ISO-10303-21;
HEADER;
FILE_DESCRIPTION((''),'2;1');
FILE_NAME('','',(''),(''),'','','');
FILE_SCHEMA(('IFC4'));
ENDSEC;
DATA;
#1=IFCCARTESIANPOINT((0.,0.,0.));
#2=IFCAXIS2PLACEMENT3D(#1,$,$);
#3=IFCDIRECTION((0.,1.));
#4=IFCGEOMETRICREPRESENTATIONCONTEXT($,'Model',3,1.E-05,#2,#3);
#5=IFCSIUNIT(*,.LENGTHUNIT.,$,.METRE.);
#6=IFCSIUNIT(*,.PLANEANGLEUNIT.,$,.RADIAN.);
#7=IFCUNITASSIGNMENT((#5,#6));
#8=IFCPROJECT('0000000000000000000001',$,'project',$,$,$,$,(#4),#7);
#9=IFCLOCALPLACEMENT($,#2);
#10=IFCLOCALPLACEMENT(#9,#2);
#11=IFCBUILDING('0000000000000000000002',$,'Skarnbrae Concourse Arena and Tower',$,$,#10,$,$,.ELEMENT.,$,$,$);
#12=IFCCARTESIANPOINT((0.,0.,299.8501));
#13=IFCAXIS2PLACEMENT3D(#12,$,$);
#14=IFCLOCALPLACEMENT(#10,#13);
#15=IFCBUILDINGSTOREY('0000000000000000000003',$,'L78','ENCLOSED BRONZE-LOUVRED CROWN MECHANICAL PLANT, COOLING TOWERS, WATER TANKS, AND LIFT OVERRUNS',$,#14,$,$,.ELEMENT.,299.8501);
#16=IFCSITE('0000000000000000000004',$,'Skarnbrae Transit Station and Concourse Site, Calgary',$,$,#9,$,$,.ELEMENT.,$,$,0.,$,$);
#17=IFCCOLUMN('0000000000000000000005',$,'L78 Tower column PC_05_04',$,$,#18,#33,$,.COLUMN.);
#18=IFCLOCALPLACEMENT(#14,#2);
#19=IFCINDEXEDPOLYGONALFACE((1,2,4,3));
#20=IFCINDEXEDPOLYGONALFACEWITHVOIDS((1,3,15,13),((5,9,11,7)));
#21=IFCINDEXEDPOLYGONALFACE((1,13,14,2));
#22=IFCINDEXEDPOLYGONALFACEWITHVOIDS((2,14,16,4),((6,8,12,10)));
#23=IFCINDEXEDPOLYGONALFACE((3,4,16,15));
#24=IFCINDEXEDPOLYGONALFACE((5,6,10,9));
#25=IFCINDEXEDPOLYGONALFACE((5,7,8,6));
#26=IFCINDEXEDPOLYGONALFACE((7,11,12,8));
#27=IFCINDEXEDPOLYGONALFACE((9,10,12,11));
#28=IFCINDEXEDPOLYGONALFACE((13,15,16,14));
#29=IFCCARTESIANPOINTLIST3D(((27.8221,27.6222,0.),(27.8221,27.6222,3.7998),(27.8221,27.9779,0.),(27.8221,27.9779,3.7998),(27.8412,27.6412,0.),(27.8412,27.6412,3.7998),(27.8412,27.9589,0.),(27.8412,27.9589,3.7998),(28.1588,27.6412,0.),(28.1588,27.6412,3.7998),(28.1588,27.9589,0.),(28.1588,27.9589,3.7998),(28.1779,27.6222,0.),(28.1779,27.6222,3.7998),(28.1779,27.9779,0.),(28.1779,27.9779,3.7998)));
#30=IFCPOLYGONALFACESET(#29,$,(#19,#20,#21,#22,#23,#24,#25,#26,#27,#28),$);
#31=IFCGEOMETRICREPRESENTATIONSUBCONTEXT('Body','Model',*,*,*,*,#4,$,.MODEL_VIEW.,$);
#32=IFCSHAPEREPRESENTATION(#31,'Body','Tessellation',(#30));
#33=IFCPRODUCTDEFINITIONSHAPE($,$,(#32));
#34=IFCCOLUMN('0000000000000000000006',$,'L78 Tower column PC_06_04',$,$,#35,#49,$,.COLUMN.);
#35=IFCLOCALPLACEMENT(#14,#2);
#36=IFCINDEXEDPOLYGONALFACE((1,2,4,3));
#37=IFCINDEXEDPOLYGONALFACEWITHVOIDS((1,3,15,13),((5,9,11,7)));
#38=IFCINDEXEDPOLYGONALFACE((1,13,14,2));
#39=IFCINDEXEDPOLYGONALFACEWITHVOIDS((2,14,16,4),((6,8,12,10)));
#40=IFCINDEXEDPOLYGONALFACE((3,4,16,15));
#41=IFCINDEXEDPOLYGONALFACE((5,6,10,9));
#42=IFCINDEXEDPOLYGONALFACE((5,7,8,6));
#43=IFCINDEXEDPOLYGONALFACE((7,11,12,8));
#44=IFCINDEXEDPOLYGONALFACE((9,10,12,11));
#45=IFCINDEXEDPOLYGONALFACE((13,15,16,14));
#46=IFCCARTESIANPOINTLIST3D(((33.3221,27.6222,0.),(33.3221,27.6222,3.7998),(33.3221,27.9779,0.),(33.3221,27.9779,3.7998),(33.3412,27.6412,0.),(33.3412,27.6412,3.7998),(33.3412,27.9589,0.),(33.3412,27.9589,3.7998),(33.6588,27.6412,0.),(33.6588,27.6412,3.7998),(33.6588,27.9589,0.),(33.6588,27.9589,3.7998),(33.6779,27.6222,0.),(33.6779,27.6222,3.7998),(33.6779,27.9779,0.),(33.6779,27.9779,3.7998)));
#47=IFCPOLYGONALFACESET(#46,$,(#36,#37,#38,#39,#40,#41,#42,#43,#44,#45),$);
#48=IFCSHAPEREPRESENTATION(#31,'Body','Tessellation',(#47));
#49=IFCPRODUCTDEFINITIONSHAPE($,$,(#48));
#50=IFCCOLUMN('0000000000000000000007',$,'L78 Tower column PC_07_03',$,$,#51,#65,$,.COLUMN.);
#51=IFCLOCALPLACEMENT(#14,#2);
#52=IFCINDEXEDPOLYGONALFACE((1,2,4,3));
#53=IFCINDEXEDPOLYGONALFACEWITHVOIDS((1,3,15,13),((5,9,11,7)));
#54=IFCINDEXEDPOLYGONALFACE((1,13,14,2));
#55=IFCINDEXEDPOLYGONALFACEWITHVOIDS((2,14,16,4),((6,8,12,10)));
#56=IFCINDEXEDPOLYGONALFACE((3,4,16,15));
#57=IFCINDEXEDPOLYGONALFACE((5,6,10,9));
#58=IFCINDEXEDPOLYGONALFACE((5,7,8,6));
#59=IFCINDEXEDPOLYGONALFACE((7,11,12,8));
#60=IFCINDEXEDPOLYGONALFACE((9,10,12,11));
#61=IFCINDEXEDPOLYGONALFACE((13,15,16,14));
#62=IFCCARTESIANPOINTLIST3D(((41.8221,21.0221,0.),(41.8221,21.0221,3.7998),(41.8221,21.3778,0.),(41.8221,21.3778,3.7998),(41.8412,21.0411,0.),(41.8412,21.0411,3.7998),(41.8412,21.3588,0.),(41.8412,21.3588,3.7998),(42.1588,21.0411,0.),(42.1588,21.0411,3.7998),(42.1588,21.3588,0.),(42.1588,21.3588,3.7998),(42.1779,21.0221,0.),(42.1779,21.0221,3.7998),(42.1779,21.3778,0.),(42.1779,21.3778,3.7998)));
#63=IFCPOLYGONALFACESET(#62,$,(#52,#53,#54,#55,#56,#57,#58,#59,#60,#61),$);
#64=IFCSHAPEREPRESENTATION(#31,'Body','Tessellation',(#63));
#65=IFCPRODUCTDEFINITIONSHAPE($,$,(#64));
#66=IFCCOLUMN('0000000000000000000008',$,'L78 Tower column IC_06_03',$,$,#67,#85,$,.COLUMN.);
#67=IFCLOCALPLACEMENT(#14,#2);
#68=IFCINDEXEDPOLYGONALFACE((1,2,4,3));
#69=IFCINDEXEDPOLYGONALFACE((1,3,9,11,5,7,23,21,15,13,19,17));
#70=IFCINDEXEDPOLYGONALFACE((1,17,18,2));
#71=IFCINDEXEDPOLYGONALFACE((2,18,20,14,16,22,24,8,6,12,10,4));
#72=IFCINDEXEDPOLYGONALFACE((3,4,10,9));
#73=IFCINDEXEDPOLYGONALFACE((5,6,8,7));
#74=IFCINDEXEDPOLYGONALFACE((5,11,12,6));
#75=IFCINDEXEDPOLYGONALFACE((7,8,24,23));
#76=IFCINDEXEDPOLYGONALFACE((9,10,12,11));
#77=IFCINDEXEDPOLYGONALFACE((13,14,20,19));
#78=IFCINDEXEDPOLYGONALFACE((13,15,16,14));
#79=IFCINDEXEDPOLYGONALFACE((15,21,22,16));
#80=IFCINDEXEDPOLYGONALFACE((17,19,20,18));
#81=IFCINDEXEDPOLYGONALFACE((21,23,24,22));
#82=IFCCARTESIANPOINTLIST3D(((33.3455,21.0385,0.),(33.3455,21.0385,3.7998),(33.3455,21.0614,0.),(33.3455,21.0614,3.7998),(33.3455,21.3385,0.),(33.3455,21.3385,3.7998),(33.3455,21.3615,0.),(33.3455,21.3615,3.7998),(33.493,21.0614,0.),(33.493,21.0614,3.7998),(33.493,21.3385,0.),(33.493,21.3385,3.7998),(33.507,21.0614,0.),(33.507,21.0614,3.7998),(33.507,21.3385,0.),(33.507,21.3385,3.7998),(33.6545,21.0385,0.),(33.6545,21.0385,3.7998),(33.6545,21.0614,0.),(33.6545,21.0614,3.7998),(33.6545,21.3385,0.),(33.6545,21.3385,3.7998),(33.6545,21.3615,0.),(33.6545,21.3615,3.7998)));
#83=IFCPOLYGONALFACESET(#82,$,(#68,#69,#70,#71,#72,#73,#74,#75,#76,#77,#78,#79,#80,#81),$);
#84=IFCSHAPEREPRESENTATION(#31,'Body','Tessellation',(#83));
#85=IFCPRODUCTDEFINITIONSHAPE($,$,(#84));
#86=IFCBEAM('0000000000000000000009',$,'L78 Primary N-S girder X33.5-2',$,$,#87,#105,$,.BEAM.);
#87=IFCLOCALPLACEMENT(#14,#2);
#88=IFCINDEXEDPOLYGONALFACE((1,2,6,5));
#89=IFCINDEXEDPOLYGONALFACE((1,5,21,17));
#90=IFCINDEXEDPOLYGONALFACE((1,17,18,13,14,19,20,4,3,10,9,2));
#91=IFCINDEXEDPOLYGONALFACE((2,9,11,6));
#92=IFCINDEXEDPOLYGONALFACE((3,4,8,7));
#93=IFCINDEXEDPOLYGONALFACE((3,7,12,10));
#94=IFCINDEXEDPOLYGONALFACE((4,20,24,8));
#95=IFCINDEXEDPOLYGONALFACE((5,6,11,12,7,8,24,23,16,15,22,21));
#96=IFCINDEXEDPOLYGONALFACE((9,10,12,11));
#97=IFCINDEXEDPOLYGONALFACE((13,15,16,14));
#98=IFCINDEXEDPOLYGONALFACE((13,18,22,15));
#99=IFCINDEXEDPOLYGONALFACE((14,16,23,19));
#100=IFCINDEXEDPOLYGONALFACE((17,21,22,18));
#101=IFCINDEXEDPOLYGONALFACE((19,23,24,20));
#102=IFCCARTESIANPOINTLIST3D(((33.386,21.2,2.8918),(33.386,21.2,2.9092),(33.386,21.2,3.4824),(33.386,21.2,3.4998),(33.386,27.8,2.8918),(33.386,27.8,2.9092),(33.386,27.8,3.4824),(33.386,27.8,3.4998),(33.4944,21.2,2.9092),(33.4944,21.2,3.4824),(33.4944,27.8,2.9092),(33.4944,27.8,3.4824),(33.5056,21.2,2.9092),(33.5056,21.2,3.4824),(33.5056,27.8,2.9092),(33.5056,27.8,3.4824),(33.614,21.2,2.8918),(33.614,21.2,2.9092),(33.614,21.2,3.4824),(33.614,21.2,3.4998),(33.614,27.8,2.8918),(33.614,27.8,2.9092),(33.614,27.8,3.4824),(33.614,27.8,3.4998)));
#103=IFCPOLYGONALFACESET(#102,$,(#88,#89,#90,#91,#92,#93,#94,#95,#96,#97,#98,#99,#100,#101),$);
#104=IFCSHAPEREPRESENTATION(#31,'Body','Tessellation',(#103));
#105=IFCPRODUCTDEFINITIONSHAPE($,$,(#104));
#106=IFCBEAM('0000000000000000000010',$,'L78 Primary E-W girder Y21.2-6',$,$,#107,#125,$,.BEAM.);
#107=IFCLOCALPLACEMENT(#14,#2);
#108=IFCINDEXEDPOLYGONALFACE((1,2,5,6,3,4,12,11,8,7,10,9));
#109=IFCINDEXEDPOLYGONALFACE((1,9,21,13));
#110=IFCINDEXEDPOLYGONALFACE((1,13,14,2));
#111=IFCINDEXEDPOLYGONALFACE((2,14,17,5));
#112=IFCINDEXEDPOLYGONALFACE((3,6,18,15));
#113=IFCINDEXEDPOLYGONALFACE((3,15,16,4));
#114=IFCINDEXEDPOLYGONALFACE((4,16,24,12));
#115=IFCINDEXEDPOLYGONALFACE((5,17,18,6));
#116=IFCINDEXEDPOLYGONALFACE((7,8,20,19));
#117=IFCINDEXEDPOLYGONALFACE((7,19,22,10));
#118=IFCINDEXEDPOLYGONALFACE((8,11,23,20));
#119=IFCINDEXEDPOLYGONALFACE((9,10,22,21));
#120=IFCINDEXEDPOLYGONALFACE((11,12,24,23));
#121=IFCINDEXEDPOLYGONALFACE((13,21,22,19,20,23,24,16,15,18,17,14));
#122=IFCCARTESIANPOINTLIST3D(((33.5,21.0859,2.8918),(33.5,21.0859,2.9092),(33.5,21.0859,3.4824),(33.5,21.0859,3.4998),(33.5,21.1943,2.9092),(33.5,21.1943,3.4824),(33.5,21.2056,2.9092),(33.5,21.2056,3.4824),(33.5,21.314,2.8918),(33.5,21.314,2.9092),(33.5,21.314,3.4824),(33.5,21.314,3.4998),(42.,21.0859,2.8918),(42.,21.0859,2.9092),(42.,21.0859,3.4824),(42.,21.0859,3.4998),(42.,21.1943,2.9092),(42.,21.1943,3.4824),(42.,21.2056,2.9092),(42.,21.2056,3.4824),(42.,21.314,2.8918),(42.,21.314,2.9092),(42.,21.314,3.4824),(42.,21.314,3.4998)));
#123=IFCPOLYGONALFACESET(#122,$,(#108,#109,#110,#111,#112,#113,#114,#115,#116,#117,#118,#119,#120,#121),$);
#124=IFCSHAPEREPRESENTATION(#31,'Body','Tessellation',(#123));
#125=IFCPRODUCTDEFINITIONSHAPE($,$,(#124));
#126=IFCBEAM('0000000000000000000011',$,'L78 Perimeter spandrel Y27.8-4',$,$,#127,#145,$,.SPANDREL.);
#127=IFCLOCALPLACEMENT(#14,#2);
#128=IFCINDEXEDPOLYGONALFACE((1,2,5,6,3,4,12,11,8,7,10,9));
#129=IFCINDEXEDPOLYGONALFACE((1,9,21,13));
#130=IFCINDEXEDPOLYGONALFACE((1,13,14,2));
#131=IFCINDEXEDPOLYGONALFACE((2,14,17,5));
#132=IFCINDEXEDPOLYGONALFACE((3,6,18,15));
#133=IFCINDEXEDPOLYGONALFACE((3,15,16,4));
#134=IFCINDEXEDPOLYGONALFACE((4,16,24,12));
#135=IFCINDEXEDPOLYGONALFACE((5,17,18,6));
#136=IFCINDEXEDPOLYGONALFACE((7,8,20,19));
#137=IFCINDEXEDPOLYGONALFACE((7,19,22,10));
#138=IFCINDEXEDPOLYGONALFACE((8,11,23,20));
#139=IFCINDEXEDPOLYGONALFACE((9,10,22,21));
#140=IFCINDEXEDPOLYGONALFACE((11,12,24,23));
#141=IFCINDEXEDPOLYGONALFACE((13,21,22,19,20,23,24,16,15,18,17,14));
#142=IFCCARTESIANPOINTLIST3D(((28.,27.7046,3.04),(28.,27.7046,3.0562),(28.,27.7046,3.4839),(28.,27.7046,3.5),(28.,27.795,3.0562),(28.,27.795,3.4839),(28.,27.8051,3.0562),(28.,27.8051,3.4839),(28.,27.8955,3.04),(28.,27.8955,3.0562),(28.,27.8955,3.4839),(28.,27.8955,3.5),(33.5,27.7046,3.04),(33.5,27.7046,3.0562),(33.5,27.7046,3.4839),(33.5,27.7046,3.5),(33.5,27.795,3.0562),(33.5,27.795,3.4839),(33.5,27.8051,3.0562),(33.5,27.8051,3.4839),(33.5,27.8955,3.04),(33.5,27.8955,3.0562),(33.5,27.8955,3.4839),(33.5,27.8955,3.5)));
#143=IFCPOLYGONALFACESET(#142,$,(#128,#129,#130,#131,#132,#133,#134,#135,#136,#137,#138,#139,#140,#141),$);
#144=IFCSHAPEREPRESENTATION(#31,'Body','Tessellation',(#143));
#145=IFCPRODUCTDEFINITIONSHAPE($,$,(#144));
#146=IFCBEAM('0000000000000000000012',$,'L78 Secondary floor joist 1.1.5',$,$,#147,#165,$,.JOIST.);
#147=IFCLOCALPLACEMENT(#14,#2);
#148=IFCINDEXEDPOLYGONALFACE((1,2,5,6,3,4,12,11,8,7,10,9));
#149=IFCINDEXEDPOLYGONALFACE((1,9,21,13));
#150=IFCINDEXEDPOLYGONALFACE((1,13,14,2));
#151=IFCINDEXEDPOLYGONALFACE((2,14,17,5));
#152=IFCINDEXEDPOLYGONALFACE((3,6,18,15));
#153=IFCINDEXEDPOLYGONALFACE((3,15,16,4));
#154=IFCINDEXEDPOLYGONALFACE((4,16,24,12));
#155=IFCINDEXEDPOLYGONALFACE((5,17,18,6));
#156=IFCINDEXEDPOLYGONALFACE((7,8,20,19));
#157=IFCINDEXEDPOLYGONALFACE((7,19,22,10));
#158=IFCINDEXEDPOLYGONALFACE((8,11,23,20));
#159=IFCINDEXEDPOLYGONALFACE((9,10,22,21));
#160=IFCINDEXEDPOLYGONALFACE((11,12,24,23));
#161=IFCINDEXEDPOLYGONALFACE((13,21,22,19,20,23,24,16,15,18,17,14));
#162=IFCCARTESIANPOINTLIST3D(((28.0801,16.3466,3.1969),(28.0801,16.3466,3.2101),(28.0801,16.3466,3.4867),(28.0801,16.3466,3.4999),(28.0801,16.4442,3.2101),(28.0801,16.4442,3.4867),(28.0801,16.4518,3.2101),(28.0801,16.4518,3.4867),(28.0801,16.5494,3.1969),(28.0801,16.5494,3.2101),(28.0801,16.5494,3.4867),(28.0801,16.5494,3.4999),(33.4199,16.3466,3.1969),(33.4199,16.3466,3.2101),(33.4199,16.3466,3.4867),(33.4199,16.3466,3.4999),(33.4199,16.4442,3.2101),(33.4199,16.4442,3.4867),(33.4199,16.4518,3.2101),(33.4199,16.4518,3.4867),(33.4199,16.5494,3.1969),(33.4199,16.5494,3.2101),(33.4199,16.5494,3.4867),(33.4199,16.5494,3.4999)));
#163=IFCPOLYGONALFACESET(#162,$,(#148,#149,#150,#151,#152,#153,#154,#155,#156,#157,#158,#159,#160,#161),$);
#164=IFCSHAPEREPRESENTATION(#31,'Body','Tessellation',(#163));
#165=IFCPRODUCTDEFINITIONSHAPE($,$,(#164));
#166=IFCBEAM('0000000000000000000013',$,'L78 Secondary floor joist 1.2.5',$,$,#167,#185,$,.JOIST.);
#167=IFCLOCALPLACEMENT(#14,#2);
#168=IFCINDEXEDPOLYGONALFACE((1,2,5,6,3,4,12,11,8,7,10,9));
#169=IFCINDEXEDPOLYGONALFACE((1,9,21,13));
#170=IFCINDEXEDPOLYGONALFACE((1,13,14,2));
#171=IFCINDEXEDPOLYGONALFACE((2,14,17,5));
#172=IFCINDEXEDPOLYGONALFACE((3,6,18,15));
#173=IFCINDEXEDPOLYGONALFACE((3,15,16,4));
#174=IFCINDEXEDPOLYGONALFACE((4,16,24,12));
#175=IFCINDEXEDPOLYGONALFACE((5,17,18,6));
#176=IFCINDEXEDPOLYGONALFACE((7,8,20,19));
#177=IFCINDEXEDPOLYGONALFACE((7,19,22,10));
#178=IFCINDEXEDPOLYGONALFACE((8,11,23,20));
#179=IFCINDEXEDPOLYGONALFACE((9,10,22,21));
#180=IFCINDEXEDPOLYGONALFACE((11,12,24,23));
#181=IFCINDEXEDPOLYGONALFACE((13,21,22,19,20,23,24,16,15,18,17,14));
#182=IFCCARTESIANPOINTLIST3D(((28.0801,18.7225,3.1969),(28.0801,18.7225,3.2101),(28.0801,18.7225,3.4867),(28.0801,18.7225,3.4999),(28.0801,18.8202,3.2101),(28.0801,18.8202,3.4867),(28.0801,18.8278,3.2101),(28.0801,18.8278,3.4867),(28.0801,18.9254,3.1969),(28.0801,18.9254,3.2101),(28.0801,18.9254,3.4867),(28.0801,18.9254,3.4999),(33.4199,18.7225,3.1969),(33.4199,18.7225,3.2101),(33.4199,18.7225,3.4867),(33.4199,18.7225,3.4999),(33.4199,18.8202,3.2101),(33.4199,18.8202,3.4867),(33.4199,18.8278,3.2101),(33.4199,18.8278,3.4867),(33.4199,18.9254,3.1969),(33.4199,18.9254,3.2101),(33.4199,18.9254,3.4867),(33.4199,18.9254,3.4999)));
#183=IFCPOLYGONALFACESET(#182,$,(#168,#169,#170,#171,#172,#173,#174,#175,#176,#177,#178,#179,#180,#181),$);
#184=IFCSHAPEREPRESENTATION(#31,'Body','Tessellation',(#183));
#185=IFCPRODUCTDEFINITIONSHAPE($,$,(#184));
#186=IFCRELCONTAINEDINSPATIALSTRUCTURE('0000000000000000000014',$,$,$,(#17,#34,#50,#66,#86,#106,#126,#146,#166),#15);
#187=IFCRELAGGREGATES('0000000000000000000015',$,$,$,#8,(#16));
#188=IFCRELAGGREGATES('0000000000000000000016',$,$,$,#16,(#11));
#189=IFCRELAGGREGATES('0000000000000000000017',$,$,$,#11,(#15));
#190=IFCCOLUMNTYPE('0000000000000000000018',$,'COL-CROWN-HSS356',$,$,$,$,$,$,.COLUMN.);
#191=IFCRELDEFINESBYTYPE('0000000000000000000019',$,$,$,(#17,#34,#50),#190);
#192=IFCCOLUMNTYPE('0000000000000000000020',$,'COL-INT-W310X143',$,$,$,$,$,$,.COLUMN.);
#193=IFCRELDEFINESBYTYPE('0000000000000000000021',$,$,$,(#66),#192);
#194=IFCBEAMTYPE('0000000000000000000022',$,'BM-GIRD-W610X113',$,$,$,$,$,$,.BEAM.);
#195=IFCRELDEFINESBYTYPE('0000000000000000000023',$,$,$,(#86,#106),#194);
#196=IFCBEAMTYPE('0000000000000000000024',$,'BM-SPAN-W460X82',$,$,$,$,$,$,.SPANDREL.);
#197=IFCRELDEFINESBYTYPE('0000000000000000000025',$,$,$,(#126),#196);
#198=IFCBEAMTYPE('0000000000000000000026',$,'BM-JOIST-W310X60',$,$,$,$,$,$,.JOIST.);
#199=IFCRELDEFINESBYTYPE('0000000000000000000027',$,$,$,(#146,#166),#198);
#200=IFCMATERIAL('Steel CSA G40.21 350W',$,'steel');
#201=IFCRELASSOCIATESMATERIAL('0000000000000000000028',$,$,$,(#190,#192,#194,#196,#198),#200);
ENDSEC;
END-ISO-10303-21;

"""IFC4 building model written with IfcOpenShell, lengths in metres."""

from ifc_helpers import new_model, si_unit, direction, frame, origin, origin_2d, place, context, subcontext, project, spatial, hollow_rectangle, i_section, extrude, source, transform, mapped, material, material_profile, profile_set, type_object, element, save


model = new_model("IFC4")

# Units and contexts
model_context = context("Model", 3, precision=1e-05, world=origin(), true_north=direction((0.0, 1.0)))
body_context = subcontext(model_context, "Body", "Model", "MODEL_VIEW")
ifc_project = project(units=[si_unit("LENGTHUNIT", "METRE"), si_unit("PLANEANGLEUNIT", "RADIAN")], contexts=[model_context])

# Site, building, storey
site_placement = place(None, origin())
site = spatial("IfcSite", under=ifc_project, at=site_placement, Name="Skarnbrae Transit Station and Concourse Site, Calgary", CompositionType="ELEMENT", RefElevation=0.0)
building_placement = place(site_placement, origin())
building = spatial("IfcBuilding", under=site, at=building_placement, Name="Skarnbrae Concourse Arena and Tower", CompositionType="ELEMENT")
storey_placement = place(building_placement, frame((0.0, 0.0, 299.8501)))
storey = spatial("IfcBuildingStorey", under=building, at=storey_placement, Name="L78", Description="ENCLOSED BRONZE-LOUVRED CROWN MECHANICAL PLANT, COOLING TOWERS, WATER TANKS, AND LIFT OVERRUNS", CompositionType="ELEMENT", Elevation=299.8501)

# Columns
ifc_material_1 = material(Name="Steel CSA G40.21 350W", Category="steel")
ifc_material_profile_1 = material_profile(ifc_material_1, hollow_rectangle(XDim=0.3557, YDim=0.3557, WallThickness=0.019, at=origin_2d()), Name="HSS356X356X19.0")
ifc_profile_set_1 = profile_set([ifc_material_profile_1], Name="Steel CSA G40.21 350W")
column_type_1 = type_object("IfcColumnType", Name="COL-CROWN-HSS356", PredefinedType="COLUMN", material=ifc_profile_set_1)
shared_shape_1 = source(origin(), body_context, "Body", "SweptSolid", [
    extrude(hollow_rectangle(XDim=0.3557, YDim=0.3557, WallThickness=0.019, at=origin_2d()), origin(), (0.0, 0.0, 1.0), 3.7998),
])
for number, where, z_axis, x_axis, name in (
    (1, (28.0, 27.8, 0.0), (0.0, 0.0, 1.0), (1.0, 0.0, 0.0), "L78 Tower column PC_05_04"),
    (2, (33.5, 27.8, 0.0), (0.0, 0.0, 1.0), (1.0, 0.0, 0.0), "L78 Tower column PC_06_04"),
    (3, (42.0, 21.2, 0.0), (0.0, 0.0, 1.0), (1.0, 0.0, 0.0), "L78 Tower column PC_07_03"),
):
    element("IfcColumn", number, at=place(storey_placement, frame(where, z_axis=z_axis, x_axis=x_axis)), inside=storey, type_object=column_type_1, Name=name, PredefinedType="COLUMN", context=body_context, shape_type="MappedRepresentation", body=[
        mapped(shared_shape_1, transform((0.0, 0.0, 0.0))),
    ])
ifc_material_profile_2 = material_profile(ifc_material_1, i_section(OverallWidth=0.3091, OverallDepth=0.323, WebThickness=0.0139, FlangeThickness=0.0229, at=origin_2d()), Name="W310X143")
ifc_profile_set_2 = profile_set([ifc_material_profile_2], Name="Steel CSA G40.21 350W")
column_type_2 = type_object("IfcColumnType", Name="COL-INT-W310X143", PredefinedType="COLUMN", material=ifc_profile_set_2)
shared_shape_2 = source(origin(), body_context, "Body", "SweptSolid", [
    extrude(i_section(OverallWidth=0.3091, OverallDepth=0.323, WebThickness=0.0139, FlangeThickness=0.0229, at=origin_2d()), origin(), (0.0, 0.0, 1.0), 3.7998),
])
column_placement = place(storey_placement, frame((33.5, 21.2, 0.0), z_axis=(0.0, 0.0, 1.0), x_axis=(1.0, 0.0, 0.0)))
element("IfcColumn", 4, at=column_placement, inside=storey, type_object=column_type_2, Name="L78 Tower column IC_06_03", PredefinedType="COLUMN", context=body_context, shape_type="MappedRepresentation", body=[
    mapped(shared_shape_2, transform((0.0, 0.0, 0.0))),
])

# Beams
ifc_material_profile_3 = material_profile(ifc_material_1, i_section(OverallWidth=0.228, OverallDepth=0.6079, WebThickness=0.0112, FlangeThickness=0.0173, at=origin_2d()), Name="W610X113")
ifc_profile_set_3 = profile_set([ifc_material_profile_3], Name="Steel CSA G40.21 350W")
beam_type_1 = type_object("IfcBeamType", Name="BM-GIRD-W610X113", PredefinedType="BEAM", material=ifc_profile_set_3)
shared_shape_3 = source(origin(), body_context, "Body", "SweptSolid", [
    extrude(i_section(OverallWidth=0.228, OverallDepth=0.6079, WebThickness=0.0112, FlangeThickness=0.0173, at=origin_2d()), origin(), (0.0, 0.0, 1.0), 6.6001),
])
beam_1_placement = place(storey_placement, frame((33.5, 21.2, 3.1958), z_axis=(0.0, 1.0, 0.0), x_axis=(-1.0, 0.0, 0.0)))
element("IfcBeam", 5, at=beam_1_placement, inside=storey, type_object=beam_type_1, Name="L78 Primary N-S girder X33.5-2", PredefinedType="BEAM", context=body_context, shape_type="MappedRepresentation", body=[
    mapped(shared_shape_3, transform((0.0, 0.0, 0.0))),
])
shared_shape_4 = source(origin(), body_context, "Body", "SweptSolid", [
    extrude(i_section(OverallWidth=0.228, OverallDepth=0.6079, WebThickness=0.0112, FlangeThickness=0.0173, at=origin_2d()), origin(), (0.0, 0.0, 1.0), 8.5),
])
beam_2_placement = place(storey_placement, frame((33.5, 21.2, 3.1958), z_axis=(1.0, 0.0, 0.0), x_axis=(0.0, 1.0, 0.0)))
element("IfcBeam", 6, at=beam_2_placement, inside=storey, type_object=beam_type_1, Name="L78 Primary E-W girder Y21.2-6", PredefinedType="BEAM", context=body_context, shape_type="MappedRepresentation", body=[
    mapped(shared_shape_4, transform((0.0, 0.0, 0.0))),
])
ifc_material_profile_4 = material_profile(ifc_material_1, i_section(OverallWidth=0.1909, OverallDepth=0.46, WebThickness=0.01, FlangeThickness=0.0161, at=origin_2d()), Name="W460X82")
ifc_profile_set_4 = profile_set([ifc_material_profile_4], Name="Steel CSA G40.21 350W")
beam_type_2 = type_object("IfcBeamType", Name="BM-SPAN-W460X82", PredefinedType="SPANDREL", material=ifc_profile_set_4)
shared_shape_5 = source(origin(), body_context, "Body", "SweptSolid", [
    extrude(i_section(OverallWidth=0.1909, OverallDepth=0.46, WebThickness=0.01, FlangeThickness=0.0161, at=origin_2d()), origin(), (0.0, 0.0, 1.0), 5.5),
])
beam_3_placement = place(storey_placement, frame((28.0, 27.8, 3.27), z_axis=(1.0, 0.0, 0.0), x_axis=(0.0, 1.0, 0.0)))
element("IfcBeam", 7, at=beam_3_placement, inside=storey, type_object=beam_type_2, Name="L78 Perimeter spandrel Y27.8-4", PredefinedType="SPANDREL", context=body_context, shape_type="MappedRepresentation", body=[
    mapped(shared_shape_5, transform((0.0, 0.0, 0.0))),
])
ifc_material_profile_5 = material_profile(ifc_material_1, i_section(OverallWidth=0.2029, OverallDepth=0.303, WebThickness=0.0076, FlangeThickness=0.0132, at=origin_2d()), Name="W310X60")
ifc_profile_set_5 = profile_set([ifc_material_profile_5], Name="Steel CSA G40.21 350W")
beam_type_3 = type_object("IfcBeamType", Name="BM-JOIST-W310X60", PredefinedType="JOIST", material=ifc_profile_set_5)
shared_shape_6 = source(origin(), body_context, "Body", "SweptSolid", [
    extrude(i_section(OverallWidth=0.2029, OverallDepth=0.303, WebThickness=0.0076, FlangeThickness=0.0132, at=origin_2d()), origin(), (0.0, 0.0, 1.0), 5.3398),
])
for number, where, z_axis, x_axis, name in (
    (8, (28.0801, 16.448, 3.3484), (1.0, 0.0, 0.0), (0.0, 1.0, 0.0), "L78 Secondary floor joist 1.1.5"),
    (9, (28.0801, 18.824, 3.3484), (1.0, 0.0, 0.0), (0.0, 1.0, 0.0), "L78 Secondary floor joist 1.2.5"),
):
    element("IfcBeam", number, at=place(storey_placement, frame(where, z_axis=z_axis, x_axis=x_axis)), inside=storey, type_object=beam_type_3, Name=name, PredefinedType="JOIST", context=body_context, shape_type="MappedRepresentation", body=[
        mapped(shared_shape_6, transform((0.0, 0.0, 0.0))),
    ])

save(model, "model.ifc")
